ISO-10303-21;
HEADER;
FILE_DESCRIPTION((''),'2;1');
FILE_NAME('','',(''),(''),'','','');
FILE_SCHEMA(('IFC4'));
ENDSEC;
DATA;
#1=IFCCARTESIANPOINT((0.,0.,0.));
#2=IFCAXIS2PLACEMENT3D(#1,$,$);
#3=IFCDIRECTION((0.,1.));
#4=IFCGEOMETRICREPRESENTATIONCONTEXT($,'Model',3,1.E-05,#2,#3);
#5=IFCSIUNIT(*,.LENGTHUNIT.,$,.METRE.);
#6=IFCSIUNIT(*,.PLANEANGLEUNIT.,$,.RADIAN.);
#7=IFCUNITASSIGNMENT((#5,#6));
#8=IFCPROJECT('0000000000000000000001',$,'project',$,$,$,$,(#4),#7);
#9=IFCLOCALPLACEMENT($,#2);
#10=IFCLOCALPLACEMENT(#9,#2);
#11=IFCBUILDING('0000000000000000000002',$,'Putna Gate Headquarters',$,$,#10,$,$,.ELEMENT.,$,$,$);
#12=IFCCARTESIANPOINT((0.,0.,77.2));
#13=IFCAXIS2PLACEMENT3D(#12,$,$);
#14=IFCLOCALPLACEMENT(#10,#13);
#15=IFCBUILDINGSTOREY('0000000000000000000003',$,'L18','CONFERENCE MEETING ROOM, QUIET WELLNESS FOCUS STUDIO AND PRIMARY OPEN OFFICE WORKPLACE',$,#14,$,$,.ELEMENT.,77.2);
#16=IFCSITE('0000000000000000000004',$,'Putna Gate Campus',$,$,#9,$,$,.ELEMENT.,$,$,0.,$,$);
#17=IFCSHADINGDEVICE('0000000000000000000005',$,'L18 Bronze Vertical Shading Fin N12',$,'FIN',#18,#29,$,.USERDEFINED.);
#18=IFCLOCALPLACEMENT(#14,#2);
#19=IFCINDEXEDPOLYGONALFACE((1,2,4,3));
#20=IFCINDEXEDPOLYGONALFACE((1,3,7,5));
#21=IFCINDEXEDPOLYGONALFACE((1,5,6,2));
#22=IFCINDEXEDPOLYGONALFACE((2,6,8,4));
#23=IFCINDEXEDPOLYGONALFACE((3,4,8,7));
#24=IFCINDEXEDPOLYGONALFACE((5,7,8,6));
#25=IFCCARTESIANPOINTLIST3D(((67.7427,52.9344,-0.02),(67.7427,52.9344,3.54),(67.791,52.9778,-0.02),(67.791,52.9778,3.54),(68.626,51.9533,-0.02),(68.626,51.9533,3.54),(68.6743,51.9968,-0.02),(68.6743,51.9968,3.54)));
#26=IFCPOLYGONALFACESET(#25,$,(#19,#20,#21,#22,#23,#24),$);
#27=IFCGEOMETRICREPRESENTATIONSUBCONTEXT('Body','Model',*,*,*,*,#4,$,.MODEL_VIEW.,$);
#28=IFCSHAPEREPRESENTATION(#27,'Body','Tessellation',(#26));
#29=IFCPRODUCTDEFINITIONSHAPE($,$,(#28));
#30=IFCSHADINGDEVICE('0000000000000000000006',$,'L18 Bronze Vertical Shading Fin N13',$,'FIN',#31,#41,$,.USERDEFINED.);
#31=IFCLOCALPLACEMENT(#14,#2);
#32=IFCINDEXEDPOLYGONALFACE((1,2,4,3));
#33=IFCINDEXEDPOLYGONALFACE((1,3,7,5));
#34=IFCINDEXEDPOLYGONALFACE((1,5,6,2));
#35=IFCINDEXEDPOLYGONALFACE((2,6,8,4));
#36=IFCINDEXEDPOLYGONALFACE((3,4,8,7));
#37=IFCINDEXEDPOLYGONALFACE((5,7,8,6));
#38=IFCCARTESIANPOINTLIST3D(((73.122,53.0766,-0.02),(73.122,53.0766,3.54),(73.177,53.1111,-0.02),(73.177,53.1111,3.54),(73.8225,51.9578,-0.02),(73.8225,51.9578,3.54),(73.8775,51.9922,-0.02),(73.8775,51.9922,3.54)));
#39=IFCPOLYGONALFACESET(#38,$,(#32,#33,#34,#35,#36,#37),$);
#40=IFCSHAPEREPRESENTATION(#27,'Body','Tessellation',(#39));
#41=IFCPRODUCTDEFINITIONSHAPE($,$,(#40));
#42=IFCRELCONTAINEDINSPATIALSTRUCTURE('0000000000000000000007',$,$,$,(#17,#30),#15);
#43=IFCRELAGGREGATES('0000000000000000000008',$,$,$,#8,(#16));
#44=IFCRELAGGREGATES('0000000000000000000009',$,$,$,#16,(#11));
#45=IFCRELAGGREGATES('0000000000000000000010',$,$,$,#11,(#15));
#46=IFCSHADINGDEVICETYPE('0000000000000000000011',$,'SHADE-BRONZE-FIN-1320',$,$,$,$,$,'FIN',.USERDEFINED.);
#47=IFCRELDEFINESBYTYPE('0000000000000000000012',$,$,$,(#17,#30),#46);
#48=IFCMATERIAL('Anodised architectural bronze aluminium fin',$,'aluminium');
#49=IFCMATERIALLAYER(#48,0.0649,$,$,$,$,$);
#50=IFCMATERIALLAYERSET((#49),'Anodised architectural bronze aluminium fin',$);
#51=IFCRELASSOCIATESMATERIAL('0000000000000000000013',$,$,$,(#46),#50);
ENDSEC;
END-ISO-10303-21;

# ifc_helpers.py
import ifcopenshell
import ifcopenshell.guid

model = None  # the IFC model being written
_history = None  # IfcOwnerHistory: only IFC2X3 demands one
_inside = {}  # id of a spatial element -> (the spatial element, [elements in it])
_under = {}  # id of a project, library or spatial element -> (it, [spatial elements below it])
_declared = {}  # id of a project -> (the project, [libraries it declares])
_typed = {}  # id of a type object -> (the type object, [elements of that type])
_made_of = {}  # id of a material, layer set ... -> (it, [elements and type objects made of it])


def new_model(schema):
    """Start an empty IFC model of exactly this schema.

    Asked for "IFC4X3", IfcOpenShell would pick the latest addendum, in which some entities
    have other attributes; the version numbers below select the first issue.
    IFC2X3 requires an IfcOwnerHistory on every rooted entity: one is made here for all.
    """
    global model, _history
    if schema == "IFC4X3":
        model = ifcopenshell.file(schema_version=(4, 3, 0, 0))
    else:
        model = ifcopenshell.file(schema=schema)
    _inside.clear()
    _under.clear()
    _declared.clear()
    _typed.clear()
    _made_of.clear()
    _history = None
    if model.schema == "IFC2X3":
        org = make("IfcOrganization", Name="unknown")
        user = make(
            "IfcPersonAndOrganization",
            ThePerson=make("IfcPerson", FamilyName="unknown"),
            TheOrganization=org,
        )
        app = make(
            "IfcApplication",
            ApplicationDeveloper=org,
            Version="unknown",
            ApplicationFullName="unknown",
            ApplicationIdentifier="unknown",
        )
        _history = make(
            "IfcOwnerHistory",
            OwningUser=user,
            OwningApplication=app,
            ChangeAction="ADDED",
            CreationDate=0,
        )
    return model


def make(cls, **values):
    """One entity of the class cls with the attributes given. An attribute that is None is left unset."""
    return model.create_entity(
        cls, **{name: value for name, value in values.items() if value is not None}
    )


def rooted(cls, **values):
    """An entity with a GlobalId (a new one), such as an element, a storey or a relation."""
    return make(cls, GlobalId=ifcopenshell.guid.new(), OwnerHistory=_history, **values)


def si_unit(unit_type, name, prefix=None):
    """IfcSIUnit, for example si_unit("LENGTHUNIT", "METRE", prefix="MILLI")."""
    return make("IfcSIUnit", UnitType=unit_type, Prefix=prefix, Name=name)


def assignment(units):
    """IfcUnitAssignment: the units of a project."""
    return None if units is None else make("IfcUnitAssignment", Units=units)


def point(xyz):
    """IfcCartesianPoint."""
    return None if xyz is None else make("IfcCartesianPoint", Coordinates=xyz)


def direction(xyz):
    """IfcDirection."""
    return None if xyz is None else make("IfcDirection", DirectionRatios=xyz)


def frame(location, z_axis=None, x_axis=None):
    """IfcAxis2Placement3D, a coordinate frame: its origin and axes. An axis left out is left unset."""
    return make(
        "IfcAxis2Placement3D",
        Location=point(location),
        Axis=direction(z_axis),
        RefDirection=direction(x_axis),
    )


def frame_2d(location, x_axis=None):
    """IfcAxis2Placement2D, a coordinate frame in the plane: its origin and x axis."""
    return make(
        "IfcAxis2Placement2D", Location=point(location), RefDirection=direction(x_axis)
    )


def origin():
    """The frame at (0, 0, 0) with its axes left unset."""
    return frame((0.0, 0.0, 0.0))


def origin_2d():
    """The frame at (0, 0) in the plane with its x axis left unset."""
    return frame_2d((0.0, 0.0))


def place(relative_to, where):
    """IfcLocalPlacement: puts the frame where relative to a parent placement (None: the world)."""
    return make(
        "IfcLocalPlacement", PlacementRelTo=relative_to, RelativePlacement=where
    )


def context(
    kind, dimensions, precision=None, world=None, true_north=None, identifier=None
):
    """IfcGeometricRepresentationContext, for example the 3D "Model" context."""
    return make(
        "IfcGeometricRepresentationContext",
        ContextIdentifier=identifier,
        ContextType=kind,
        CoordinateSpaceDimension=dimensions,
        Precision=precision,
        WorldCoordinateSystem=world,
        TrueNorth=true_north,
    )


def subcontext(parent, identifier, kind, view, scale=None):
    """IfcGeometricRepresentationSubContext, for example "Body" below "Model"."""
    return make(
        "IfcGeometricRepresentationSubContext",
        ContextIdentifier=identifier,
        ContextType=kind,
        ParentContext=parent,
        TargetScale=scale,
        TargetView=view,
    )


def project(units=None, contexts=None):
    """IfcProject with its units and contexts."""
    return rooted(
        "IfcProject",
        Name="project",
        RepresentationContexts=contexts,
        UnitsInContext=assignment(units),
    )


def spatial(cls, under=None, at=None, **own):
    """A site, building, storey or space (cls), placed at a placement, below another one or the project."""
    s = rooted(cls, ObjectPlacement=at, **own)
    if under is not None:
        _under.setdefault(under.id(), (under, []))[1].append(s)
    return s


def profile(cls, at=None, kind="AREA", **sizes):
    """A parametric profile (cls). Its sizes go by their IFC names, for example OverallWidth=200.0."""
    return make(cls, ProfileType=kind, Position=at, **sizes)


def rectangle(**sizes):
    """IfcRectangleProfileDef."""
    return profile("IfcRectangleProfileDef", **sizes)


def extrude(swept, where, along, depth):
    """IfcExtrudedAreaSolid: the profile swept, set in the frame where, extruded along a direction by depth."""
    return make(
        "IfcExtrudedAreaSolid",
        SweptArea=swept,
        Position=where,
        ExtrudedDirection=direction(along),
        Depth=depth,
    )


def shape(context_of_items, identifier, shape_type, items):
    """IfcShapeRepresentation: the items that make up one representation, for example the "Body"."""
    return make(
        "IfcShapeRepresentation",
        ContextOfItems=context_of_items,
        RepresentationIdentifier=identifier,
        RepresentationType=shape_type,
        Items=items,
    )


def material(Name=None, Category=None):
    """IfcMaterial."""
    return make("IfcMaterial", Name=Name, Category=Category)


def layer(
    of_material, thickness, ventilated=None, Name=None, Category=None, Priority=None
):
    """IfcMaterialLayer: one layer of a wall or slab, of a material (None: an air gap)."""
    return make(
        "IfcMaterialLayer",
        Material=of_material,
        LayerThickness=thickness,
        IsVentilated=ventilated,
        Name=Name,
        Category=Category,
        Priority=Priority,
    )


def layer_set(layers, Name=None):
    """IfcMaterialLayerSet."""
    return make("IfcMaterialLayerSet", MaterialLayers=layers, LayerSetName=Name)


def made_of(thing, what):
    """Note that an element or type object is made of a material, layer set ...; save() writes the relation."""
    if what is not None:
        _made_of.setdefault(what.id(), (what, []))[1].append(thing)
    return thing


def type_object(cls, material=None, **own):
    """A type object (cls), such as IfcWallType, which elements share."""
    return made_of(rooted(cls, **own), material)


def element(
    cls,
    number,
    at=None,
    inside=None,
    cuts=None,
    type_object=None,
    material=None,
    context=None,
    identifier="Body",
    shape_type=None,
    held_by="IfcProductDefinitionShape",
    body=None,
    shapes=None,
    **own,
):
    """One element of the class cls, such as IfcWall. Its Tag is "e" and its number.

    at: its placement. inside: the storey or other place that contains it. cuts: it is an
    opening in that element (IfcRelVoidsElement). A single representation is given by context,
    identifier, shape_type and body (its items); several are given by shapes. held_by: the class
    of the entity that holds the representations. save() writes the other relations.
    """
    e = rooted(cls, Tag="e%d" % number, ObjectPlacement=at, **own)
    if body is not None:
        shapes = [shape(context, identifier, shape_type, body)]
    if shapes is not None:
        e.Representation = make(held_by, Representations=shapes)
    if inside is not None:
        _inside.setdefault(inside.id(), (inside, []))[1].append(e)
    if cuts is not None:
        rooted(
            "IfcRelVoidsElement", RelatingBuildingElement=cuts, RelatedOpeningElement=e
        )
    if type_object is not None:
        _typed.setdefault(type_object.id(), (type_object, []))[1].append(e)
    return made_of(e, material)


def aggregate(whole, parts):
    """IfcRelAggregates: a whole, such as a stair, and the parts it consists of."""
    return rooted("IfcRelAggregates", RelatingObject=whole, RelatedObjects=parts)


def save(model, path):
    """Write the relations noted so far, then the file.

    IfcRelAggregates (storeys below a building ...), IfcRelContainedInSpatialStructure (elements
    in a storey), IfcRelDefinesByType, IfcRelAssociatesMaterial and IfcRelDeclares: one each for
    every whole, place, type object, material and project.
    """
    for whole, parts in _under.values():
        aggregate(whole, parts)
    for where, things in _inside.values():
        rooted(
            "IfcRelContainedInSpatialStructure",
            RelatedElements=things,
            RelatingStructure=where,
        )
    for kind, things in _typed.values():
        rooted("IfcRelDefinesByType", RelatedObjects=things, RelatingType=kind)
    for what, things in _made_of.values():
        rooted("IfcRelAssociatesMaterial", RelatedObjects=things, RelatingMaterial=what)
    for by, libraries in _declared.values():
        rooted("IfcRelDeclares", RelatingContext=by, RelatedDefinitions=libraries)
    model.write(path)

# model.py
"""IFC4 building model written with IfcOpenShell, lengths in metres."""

from ifc_helpers import new_model, si_unit, direction, frame, origin, origin_2d, place, context, subcontext, project, spatial, rectangle, extrude, material, layer, layer_set, type_object, element, save


model = new_model("IFC4")

# Units and contexts
model_context = context("Model", 3, precision=1e-05, world=origin(), true_north=direction((0.0, 1.0)))
body_context = subcontext(model_context, "Body", "Model", "MODEL_VIEW")
ifc_project = project(units=[si_unit("LENGTHUNIT", "METRE"), si_unit("PLANEANGLEUNIT", "RADIAN")], contexts=[model_context])

# Site, building, storey
site_placement = place(None, origin())
site = spatial("IfcSite", under=ifc_project, at=site_placement, Name="Putna Gate Campus", CompositionType="ELEMENT", RefElevation=0.0)
building_placement = place(site_placement, origin())
building = spatial("IfcBuilding", under=site, at=building_placement, Name="Putna Gate Headquarters", CompositionType="ELEMENT")
storey_placement = place(building_placement, frame((0.0, 0.0, 77.2)))
storey = spatial("IfcBuildingStorey", under=building, at=storey_placement, Name="L18", Description="CONFERENCE MEETING ROOM, QUIET WELLNESS FOCUS STUDIO AND PRIMARY OPEN OFFICE WORKPLACE", CompositionType="ELEMENT", Elevation=77.2)

# Shading devices
ifc_material_1 = material(Name="Anodised architectural bronze aluminium fin", Category="aluminium")
ifc_layer_1 = layer(ifc_material_1, 0.0649)
ifc_layer_set_1 = layer_set([ifc_layer_1], Name="Anodised architectural bronze aluminium fin")
shading_device_type = type_object("IfcShadingDeviceType", Name="SHADE-BRONZE-FIN-1320", ElementType="FIN", PredefinedType="USERDEFINED", material=ifc_layer_set_1)
for number, where, z_axis, x_axis, name in (
    (1, (68.2085, 52.4656, -0.02), (0.0, 0.0, 1.0), (-0.669131, 0.743145, 0.0), "L18 Bronze Vertical Shading Fin N12"),
    (2, (73.4998, 52.5344, -0.02), (0.0, 0.0, 1.0), (-0.530659, 0.847585, 0.0), "L18 Bronze Vertical Shading Fin N13"),
):
    element("IfcShadingDevice", number, at=place(storey_placement, frame(where, z_axis=z_axis, x_axis=x_axis)), inside=storey, type_object=shading_device_type, Name=name, ObjectType="FIN", PredefinedType="USERDEFINED", context=body_context, shape_type="SweptSolid", body=[
        extrude(rectangle(XDim=1.3201, YDim=0.0649, at=origin_2d()), origin(), (0.0, 0.0, 1.0), 3.5601),
    ])

save(model, "model.ifc")
